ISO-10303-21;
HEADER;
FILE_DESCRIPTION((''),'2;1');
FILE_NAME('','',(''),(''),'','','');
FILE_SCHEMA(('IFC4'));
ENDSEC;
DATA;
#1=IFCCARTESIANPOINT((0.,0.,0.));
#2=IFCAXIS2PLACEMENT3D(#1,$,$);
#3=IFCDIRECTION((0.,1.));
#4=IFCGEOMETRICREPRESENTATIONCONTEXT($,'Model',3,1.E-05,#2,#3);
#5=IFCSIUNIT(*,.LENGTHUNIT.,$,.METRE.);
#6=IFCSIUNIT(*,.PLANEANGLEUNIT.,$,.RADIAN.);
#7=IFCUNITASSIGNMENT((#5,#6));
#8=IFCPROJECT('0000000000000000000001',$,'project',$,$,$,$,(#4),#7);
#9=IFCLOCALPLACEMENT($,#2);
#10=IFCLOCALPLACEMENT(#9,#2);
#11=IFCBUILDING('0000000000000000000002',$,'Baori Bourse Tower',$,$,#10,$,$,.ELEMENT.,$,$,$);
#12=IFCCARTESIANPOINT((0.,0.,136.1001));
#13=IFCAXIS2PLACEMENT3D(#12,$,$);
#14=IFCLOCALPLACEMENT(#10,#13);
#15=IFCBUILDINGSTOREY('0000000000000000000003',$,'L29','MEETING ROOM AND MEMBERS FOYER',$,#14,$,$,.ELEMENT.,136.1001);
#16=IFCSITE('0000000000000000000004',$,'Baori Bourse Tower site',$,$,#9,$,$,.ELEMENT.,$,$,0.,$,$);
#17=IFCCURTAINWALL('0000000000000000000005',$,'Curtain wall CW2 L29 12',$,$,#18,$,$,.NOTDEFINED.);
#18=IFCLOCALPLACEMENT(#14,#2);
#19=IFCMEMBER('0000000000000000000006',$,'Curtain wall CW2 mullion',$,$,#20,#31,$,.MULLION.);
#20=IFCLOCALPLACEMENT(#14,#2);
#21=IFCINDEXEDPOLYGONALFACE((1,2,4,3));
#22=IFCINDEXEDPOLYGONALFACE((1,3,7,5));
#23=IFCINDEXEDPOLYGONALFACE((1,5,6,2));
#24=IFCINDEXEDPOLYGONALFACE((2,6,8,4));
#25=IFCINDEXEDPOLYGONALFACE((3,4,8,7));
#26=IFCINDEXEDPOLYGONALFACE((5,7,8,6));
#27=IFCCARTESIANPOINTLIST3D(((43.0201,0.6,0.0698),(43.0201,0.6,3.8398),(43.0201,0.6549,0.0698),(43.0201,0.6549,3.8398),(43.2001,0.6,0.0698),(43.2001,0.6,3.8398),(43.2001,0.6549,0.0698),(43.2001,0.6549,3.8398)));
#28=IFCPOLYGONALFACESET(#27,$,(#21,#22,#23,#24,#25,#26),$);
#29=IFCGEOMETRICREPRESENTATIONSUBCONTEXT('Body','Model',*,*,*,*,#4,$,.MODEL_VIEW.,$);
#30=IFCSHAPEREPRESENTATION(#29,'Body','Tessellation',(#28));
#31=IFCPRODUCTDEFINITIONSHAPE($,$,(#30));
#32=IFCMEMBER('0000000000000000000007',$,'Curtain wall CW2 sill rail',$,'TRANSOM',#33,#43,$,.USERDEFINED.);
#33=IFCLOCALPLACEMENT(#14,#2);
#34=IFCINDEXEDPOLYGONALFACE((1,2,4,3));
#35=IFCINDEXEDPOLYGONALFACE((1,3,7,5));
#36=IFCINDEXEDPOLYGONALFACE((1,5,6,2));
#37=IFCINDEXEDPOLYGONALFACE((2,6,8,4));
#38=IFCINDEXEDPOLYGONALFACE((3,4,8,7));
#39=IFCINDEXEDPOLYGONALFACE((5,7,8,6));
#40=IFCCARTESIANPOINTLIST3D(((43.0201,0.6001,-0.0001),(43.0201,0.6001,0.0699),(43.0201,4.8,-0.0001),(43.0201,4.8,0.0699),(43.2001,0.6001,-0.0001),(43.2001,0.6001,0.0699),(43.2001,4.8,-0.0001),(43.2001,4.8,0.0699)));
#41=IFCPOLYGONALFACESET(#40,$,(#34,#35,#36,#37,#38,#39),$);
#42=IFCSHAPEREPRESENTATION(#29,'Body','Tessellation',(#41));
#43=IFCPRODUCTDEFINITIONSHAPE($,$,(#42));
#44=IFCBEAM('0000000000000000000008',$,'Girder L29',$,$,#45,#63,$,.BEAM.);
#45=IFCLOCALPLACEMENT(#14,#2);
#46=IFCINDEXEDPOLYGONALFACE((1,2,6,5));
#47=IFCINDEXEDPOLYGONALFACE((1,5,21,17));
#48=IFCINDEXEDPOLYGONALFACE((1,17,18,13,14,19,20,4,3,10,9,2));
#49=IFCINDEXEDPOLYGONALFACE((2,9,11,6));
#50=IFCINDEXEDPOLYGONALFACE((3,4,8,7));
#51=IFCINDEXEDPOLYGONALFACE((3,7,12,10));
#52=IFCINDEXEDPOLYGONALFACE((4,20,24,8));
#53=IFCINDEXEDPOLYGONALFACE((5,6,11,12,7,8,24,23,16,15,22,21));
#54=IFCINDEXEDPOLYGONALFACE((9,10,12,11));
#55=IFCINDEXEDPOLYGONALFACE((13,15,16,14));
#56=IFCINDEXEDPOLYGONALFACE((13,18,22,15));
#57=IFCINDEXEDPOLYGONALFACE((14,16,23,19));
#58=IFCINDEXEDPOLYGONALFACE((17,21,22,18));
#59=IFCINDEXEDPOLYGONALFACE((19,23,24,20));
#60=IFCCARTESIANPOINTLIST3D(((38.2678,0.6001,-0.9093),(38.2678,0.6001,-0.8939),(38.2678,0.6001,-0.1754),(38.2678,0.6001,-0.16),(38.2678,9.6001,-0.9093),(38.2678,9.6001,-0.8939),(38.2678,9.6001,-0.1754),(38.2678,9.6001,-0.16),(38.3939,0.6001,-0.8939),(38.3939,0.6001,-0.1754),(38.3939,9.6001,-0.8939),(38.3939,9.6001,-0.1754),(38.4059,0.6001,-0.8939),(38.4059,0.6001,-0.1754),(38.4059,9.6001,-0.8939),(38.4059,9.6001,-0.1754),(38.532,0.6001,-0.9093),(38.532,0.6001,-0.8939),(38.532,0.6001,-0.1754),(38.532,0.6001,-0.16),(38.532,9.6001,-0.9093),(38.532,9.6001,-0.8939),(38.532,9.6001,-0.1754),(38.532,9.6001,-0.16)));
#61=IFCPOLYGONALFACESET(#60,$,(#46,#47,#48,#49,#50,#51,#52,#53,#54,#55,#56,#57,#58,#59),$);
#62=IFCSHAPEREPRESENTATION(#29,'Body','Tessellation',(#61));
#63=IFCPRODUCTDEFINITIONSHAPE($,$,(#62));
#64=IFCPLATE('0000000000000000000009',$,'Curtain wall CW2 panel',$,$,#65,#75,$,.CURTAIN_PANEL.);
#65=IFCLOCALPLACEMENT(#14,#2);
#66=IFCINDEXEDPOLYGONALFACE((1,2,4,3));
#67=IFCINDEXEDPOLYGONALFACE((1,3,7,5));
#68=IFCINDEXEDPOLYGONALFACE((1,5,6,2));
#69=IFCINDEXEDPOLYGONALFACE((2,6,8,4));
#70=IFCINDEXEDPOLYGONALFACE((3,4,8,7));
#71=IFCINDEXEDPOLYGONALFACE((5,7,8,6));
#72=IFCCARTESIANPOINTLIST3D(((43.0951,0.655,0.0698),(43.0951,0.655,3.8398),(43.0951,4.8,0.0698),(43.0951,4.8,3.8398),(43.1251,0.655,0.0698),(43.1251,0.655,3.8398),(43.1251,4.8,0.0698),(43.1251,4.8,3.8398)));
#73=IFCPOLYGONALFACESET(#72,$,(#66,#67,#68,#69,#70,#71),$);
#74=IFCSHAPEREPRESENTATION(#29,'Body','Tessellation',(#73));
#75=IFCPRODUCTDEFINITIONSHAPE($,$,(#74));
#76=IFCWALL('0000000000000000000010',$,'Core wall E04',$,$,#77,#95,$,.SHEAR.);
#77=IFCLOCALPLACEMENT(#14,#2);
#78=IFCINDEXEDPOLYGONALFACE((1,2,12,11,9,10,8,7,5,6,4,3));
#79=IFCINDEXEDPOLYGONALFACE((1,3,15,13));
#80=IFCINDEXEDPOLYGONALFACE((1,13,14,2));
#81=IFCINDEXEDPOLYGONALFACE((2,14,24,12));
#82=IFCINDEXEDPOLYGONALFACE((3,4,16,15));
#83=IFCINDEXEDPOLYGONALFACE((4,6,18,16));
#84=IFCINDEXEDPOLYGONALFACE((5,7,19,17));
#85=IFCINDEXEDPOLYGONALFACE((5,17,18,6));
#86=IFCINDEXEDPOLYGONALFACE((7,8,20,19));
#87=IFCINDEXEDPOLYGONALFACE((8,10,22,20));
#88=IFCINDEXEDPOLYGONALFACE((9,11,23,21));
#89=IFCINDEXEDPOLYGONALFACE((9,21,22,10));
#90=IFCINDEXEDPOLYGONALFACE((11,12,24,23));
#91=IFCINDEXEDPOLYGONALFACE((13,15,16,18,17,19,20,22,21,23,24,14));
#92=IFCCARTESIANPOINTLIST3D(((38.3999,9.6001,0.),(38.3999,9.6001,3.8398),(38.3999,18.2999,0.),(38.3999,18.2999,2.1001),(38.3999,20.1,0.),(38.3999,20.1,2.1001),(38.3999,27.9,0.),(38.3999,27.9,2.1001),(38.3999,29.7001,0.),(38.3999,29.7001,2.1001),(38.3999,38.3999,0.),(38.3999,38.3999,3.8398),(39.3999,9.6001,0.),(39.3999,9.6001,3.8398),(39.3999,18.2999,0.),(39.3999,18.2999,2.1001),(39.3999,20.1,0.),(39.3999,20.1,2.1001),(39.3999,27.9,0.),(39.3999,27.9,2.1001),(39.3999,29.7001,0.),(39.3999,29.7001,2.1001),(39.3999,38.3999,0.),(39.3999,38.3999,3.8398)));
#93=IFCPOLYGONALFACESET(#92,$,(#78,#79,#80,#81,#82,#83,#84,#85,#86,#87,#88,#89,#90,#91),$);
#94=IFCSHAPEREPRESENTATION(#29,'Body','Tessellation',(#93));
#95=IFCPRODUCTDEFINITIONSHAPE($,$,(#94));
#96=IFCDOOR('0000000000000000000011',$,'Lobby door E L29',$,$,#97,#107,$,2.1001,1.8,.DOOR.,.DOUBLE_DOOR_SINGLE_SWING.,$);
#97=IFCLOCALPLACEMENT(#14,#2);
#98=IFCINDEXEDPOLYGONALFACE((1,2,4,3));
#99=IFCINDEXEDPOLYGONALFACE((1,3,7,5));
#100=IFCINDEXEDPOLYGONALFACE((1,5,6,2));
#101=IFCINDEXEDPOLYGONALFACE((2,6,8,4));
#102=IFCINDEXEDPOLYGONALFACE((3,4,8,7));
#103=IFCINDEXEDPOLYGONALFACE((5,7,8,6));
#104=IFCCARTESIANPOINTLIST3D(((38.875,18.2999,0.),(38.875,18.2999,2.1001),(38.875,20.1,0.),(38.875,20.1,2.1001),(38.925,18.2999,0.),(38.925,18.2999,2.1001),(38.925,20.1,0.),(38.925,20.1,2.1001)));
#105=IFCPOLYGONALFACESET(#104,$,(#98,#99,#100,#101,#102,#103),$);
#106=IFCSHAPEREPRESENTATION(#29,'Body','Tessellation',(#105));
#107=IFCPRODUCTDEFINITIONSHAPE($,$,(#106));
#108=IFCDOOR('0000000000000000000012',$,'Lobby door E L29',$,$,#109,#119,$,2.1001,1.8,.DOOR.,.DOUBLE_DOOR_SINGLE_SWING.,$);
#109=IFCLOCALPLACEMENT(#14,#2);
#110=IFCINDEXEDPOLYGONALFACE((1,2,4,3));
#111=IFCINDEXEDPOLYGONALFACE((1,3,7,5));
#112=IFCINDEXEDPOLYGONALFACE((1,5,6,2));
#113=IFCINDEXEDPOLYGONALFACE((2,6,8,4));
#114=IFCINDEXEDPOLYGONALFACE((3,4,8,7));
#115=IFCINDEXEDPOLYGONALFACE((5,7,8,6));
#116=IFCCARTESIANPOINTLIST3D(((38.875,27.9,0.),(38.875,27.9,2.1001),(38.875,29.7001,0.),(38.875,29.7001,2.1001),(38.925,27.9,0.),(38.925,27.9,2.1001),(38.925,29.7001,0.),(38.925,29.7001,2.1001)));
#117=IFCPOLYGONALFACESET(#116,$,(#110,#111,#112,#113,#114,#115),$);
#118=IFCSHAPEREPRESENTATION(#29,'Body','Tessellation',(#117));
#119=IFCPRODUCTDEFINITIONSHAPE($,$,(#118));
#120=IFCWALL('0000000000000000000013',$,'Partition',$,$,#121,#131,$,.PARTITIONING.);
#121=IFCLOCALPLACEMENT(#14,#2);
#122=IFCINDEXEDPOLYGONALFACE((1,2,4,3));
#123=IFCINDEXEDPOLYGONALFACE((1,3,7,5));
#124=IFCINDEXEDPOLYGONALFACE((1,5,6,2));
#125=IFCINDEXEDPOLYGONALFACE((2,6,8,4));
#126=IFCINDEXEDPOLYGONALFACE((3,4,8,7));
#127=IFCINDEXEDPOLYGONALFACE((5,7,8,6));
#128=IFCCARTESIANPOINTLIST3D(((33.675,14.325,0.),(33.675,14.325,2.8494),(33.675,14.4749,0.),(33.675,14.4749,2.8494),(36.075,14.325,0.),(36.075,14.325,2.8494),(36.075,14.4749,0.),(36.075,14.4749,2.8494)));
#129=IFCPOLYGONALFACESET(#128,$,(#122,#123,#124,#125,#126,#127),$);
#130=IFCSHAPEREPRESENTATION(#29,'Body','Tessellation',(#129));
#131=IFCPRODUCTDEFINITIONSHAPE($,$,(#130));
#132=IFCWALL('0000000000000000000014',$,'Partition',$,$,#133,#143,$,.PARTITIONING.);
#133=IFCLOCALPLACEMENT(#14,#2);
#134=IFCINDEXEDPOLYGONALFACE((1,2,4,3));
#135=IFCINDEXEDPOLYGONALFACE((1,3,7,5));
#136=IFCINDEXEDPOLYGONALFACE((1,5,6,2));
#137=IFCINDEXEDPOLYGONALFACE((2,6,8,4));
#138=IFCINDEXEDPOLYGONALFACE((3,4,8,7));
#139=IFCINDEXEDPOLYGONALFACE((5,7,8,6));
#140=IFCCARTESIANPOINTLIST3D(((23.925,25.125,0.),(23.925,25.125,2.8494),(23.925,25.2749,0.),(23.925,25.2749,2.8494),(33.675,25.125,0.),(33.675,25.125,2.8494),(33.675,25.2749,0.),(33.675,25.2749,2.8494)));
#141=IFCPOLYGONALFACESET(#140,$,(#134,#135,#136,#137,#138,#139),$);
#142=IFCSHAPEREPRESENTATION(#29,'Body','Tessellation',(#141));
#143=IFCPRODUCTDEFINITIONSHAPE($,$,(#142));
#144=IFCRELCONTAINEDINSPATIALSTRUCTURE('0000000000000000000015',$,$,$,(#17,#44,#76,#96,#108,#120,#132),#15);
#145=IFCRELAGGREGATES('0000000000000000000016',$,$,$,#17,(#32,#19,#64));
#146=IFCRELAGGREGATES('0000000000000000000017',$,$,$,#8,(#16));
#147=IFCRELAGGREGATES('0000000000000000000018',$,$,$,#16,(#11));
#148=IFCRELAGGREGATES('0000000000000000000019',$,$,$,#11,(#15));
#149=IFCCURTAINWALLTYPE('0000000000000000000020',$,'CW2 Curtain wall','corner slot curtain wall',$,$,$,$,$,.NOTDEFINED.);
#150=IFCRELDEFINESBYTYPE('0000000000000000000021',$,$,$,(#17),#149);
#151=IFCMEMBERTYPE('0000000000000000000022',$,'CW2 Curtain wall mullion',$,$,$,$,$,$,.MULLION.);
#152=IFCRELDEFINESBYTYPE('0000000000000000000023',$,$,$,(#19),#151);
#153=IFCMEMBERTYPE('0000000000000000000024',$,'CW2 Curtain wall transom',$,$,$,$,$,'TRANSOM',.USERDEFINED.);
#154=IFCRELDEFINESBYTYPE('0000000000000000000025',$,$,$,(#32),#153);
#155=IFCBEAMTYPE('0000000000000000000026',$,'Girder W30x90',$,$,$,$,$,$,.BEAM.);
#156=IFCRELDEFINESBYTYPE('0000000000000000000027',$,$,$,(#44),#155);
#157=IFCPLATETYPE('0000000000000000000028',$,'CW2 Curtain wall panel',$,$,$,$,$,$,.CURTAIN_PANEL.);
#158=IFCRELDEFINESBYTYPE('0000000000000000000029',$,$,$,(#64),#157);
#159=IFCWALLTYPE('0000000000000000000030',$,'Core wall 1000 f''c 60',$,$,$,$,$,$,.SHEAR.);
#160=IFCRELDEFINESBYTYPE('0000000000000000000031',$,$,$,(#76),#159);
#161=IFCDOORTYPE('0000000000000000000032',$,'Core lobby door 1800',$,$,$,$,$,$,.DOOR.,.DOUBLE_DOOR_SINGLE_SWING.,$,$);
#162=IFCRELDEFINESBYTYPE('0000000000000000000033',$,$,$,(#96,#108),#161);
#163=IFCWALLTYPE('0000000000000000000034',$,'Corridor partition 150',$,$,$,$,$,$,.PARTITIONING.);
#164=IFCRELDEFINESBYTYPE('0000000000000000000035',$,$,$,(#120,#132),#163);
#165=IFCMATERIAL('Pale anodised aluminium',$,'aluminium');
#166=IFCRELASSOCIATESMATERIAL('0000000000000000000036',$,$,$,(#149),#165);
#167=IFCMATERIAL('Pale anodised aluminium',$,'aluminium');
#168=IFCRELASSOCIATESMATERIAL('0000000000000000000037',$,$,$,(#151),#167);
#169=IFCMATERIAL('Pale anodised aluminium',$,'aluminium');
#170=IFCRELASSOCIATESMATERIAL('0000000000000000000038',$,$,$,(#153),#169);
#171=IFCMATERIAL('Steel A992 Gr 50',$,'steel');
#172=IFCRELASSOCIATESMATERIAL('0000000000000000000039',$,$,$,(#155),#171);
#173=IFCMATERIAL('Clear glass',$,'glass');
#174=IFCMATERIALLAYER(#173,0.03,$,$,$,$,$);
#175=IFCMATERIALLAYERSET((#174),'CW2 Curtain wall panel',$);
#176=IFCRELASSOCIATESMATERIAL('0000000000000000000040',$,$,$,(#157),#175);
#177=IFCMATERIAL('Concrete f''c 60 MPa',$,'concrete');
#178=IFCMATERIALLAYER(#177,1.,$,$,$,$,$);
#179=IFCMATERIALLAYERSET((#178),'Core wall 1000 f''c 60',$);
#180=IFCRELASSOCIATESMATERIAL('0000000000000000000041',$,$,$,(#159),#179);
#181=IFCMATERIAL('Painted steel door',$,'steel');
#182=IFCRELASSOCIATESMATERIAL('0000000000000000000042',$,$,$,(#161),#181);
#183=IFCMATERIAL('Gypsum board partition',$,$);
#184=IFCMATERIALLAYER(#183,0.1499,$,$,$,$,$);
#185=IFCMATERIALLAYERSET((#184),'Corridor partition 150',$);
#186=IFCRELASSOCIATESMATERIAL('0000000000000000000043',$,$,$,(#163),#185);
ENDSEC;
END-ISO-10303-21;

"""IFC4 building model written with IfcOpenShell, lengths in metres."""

from ifc_helpers import new_model, si_unit, direction, frame, frame_2d, origin, origin_2d, place, context, subcontext, project, spatial, rectangle, i_section, extrude, material, layer, layer_set, material_profile, profile_set, type_object, element, fill, aggregate, save


model = new_model("IFC4")

# Units and contexts
model_context = context("Model", 3, precision=1e-05, world=origin(), true_north=direction((0.0, 1.0)))
body_context = subcontext(model_context, "Body", "Model", "MODEL_VIEW")
ifc_project = project(units=[si_unit("LENGTHUNIT", "METRE"), si_unit("PLANEANGLEUNIT", "RADIAN")], contexts=[model_context])

# Site, building, storey
site_placement = place(None, origin())
site = spatial("IfcSite", under=ifc_project, at=site_placement, Name="Baori Bourse Tower site", CompositionType="ELEMENT", RefElevation=0.0)
building_placement = place(site_placement, origin())
building = spatial("IfcBuilding", under=site, at=building_placement, Name="Baori Bourse Tower", CompositionType="ELEMENT")
storey_placement = place(building_placement, frame((0.0, 0.0, 136.1001)))
storey = spatial("IfcBuildingStorey", under=building, at=storey_placement, Name="L29", Description="MEETING ROOM AND MEMBERS FOYER", CompositionType="ELEMENT", Elevation=136.1001)

# Curtain wall, members
ifc_material_1 = material(Name="Pale anodised aluminium", Category="aluminium")
curtain_wall_type = type_object("IfcCurtainWallType", Name="CW2 Curtain wall", Description="corner slot curtain wall", PredefinedType="NOTDEFINED", material=ifc_material_1)
curtain_wall_placement = place(storey_placement, origin())
curtain_wall = element("IfcCurtainWall", 1, at=curtain_wall_placement, inside=storey, type_object=curtain_wall_type, Name="Curtain wall CW2 L29 12", PredefinedType="NOTDEFINED")
ifc_material_2 = material(Name="Pale anodised aluminium", Category="aluminium")
ifc_material_profile_1 = material_profile(ifc_material_2, rectangle(XDim=0.1799, YDim=0.0549, at=origin_2d()), Name="Mullion 55x180")
ifc_profile_set_1 = profile_set([ifc_material_profile_1], Name="Pale anodised aluminium")
member_type_1 = type_object("IfcMemberType", Name="CW2 Curtain wall mullion", PredefinedType="MULLION", material=ifc_profile_set_1)
member_1_placement = place(storey_placement, frame((43.1101, 0.6274, 0.0698), z_axis=(0.0, 0.0, 1.0), x_axis=(-1.0, 0.0, 0.0)))
member_1 = element("IfcMember", 2, at=member_1_placement, type_object=member_type_1, Name="Curtain wall CW2 mullion", PredefinedType="MULLION", context=body_context, shape_type="SweptSolid", body=[
    extrude(rectangle(XDim=0.1799, YDim=0.0549, at=origin_2d()), origin(), (0.0, 0.0, 1.0), 3.77),
])
ifc_material_3 = material(Name="Pale anodised aluminium", Category="aluminium")
ifc_material_profile_2 = material_profile(ifc_material_3, rectangle(XDim=0.1799, YDim=0.0701, at=origin_2d()), Name="Transom 70x180")
ifc_profile_set_2 = profile_set([ifc_material_profile_2], Name="Pale anodised aluminium")
member_type_2 = type_object("IfcMemberType", Name="CW2 Curtain wall transom", ElementType="TRANSOM", PredefinedType="USERDEFINED", material=ifc_profile_set_2)
member_2_placement = place(storey_placement, frame((43.1101, 0.6001, 0.0349), z_axis=(0.0, 1.0, 0.0), x_axis=(-1.0, 0.0, 0.0)))
member_2 = element("IfcMember", 3, at=member_2_placement, type_object=member_type_2, Name="Curtain wall CW2 sill rail", ObjectType="TRANSOM", PredefinedType="USERDEFINED", context=body_context, shape_type="SweptSolid", body=[
    extrude(rectangle(XDim=0.1799, YDim=0.0701, at=origin_2d()), origin(), (0.0, 0.0, 1.0), 4.2),
])

# Beam
ifc_material_4 = material(Name="Steel A992 Gr 50", Category="steel")
ifc_material_profile_3 = material_profile(ifc_material_4, i_section(OverallWidth=0.2642, OverallDepth=0.7493, WebThickness=0.012, FlangeThickness=0.0154, at=origin_2d()), Name="W30x90")
ifc_profile_set_3 = profile_set([ifc_material_profile_3], Name="Steel A992 Gr 50")
beam_type = type_object("IfcBeamType", Name="Girder W30x90", PredefinedType="BEAM", material=ifc_profile_set_3)
beam_placement = place(storey_placement, frame((38.3999, 0.6001, -0.5347), z_axis=(0.0, 1.0, 0.0), x_axis=(-1.0, 0.0, 0.0)))
element("IfcBeam", 4, at=beam_placement, inside=storey, type_object=beam_type, Name="Girder L29", PredefinedType="BEAM", context=body_context, shape_type="SweptSolid", body=[
    extrude(i_section(OverallWidth=0.2642, OverallDepth=0.7493, WebThickness=0.012, FlangeThickness=0.0154, at=origin_2d()), origin(), (0.0, 0.0, 1.0), 9.0),
])

# Plate
ifc_material_5 = material(Name="Clear glass", Category="glass")
ifc_layer_1 = layer(ifc_material_5, 0.03)
ifc_layer_set_1 = layer_set([ifc_layer_1], Name="CW2 Curtain wall panel")
plate_type = type_object("IfcPlateType", Name="CW2 Curtain wall panel", PredefinedType="CURTAIN_PANEL", material=ifc_layer_set_1)
plate_placement = place(storey_placement, frame((43.1101, 2.7275, 0.0698), z_axis=(0.0, 0.0, 1.0), x_axis=(0.0, 1.0, 0.0)))
plate = element("IfcPlate", 5, at=plate_placement, type_object=plate_type, Name="Curtain wall CW2 panel", PredefinedType="CURTAIN_PANEL", context=body_context, shape_type="SweptSolid", body=[
    extrude(rectangle(XDim=4.145, YDim=0.03, at=origin_2d()), origin(), (0.0, 0.0, 1.0), 3.77),
])
aggregate(curtain_wall, [member_2, member_1, plate])

# Wall, openings, doors
ifc_material_6 = material(Name="Concrete f'c 60 MPa", Category="concrete")
ifc_layer_2 = layer(ifc_material_6, 1.0)
ifc_layer_set_2 = layer_set([ifc_layer_2], Name="Core wall 1000 f'c 60")
wall_type_1 = type_object("IfcWallType", Name="Core wall 1000 f'c 60", PredefinedType="SHEAR", material=ifc_layer_set_2)
wall_1_placement = place(storey_placement, frame((38.8999, 9.6001, 0.0), z_axis=(0.0, 0.0, 1.0), x_axis=(0.0, 1.0, 0.0)))
wall_1 = element("IfcWall", 6, at=wall_1_placement, inside=storey, type_object=wall_type_1, Name="Core wall E04", PredefinedType="SHEAR", context=body_context, shape_type="SweptSolid", body=[
    extrude(rectangle(XDim=28.7998, YDim=1.0, at=frame_2d((14.3999, 0.0))), origin(), (0.0, 0.0, 1.0), 3.8398),
])
opening_1_placement = place(wall_1_placement, frame((8.7, 0.0, 0.0)))
opening_1 = element("IfcOpeningElement", 7, at=opening_1_placement, cuts=wall_1, PredefinedType="OPENING", context=body_context, shape_type="SweptSolid", body=[
    extrude(rectangle(XDim=1.8, YDim=2.1001, at=frame_2d((0.8999, 1.05))), frame((0.0, 0.51, 0.0), z_axis=(0.0, -1.0, 0.0), x_axis=(1.0, 0.0, 0.0)), (0.0, 0.0, 1.0), 1.02),
])
opening_2_placement = place(wall_1_placement, frame((18.3, 0.0, 0.0)))
opening_2 = element("IfcOpeningElement", 8, at=opening_2_placement, cuts=wall_1, PredefinedType="OPENING", context=body_context, shape_type="SweptSolid", body=[
    extrude(rectangle(XDim=1.8, YDim=2.1001, at=frame_2d((0.8999, 1.05))), frame((0.0, 0.51, 0.0), z_axis=(0.0, -1.0, 0.0), x_axis=(1.0, 0.0, 0.0)), (0.0, 0.0, 1.0), 1.02),
])
ifc_material_7 = material(Name="Painted steel door", Category="steel")
door_type_1 = type_object("IfcDoorType", Name="Core lobby door 1800", OperationType="DOUBLE_DOOR_SINGLE_SWING", PredefinedType="DOOR", material=ifc_material_7)
door_1_placement = place(opening_1_placement, origin())
door_1 = element("IfcDoor", 9, at=door_1_placement, inside=storey, type_object=door_type_1, Name="Lobby door E L29", OperationType="DOUBLE_DOOR_SINGLE_SWING", OverallHeight=2.1001, OverallWidth=1.8, PredefinedType="DOOR", context=body_context, shape_type="SweptSolid", body=[
    extrude(rectangle(XDim=1.8, YDim=2.1001, at=frame_2d((0.8999, 1.05))), frame((0.0, 0.0249, 0.0), z_axis=(0.0, -1.0, 0.0), x_axis=(1.0, 0.0, 0.0)), (0.0, 0.0, 1.0), 0.05),
])
fill(opening_1, door_1)
door_2_placement = place(opening_2_placement, origin())
door_2 = element("IfcDoor", 10, at=door_2_placement, inside=storey, type_object=door_type_1, Name="Lobby door E L29", OperationType="DOUBLE_DOOR_SINGLE_SWING", OverallHeight=2.1001, OverallWidth=1.8, PredefinedType="DOOR", context=body_context, shape_type="SweptSolid", body=[
    extrude(rectangle(XDim=1.8, YDim=2.1001, at=frame_2d((0.8999, 1.05))), frame((0.0, 0.0249, 0.0), z_axis=(0.0, -1.0, 0.0), x_axis=(1.0, 0.0, 0.0)), (0.0, 0.0, 1.0), 0.05),
])
fill(opening_2, door_2)

# Walls
ifc_material_8 = material(Name="Gypsum board partition")
ifc_layer_3 = layer(ifc_material_8, 0.1499)
ifc_layer_set_3 = layer_set([ifc_layer_3], Name="Corridor partition 150")
wall_type_2 = type_object("IfcWallType", Name="Corridor partition 150", PredefinedType="PARTITIONING", material=ifc_layer_set_3)
wall_2_placement = place(storey_placement, frame((33.675, 14.3999, 0.0), z_axis=(0.0, 0.0, 1.0), x_axis=(1.0, 0.0, 0.0)))
element("IfcWall", 11, at=wall_2_placement, inside=storey, type_object=wall_type_2, Name="Partition", PredefinedType="PARTITIONING", context=body_context, shape_type="SweptSolid", body=[
    extrude(rectangle(XDim=2.3999, YDim=0.1499, at=frame_2d((1.2, 0.0))), origin(), (0.0, 0.0, 1.0), 2.8494),
])
wall_3_placement = place(storey_placement, frame((23.925, 25.2, 0.0), z_axis=(0.0, 0.0, 1.0), x_axis=(1.0, 0.0, 0.0)))
element("IfcWall", 12, at=wall_3_placement, inside=storey, type_object=wall_type_2, Name="Partition", PredefinedType="PARTITIONING", context=body_context, shape_type="SweptSolid", body=[
    extrude(rectangle(XDim=9.75, YDim=0.1499, at=frame_2d((4.875, 0.0))), origin(), (0.0, 0.0, 1.0), 2.8494),
])

save(model, "model.ifc")
